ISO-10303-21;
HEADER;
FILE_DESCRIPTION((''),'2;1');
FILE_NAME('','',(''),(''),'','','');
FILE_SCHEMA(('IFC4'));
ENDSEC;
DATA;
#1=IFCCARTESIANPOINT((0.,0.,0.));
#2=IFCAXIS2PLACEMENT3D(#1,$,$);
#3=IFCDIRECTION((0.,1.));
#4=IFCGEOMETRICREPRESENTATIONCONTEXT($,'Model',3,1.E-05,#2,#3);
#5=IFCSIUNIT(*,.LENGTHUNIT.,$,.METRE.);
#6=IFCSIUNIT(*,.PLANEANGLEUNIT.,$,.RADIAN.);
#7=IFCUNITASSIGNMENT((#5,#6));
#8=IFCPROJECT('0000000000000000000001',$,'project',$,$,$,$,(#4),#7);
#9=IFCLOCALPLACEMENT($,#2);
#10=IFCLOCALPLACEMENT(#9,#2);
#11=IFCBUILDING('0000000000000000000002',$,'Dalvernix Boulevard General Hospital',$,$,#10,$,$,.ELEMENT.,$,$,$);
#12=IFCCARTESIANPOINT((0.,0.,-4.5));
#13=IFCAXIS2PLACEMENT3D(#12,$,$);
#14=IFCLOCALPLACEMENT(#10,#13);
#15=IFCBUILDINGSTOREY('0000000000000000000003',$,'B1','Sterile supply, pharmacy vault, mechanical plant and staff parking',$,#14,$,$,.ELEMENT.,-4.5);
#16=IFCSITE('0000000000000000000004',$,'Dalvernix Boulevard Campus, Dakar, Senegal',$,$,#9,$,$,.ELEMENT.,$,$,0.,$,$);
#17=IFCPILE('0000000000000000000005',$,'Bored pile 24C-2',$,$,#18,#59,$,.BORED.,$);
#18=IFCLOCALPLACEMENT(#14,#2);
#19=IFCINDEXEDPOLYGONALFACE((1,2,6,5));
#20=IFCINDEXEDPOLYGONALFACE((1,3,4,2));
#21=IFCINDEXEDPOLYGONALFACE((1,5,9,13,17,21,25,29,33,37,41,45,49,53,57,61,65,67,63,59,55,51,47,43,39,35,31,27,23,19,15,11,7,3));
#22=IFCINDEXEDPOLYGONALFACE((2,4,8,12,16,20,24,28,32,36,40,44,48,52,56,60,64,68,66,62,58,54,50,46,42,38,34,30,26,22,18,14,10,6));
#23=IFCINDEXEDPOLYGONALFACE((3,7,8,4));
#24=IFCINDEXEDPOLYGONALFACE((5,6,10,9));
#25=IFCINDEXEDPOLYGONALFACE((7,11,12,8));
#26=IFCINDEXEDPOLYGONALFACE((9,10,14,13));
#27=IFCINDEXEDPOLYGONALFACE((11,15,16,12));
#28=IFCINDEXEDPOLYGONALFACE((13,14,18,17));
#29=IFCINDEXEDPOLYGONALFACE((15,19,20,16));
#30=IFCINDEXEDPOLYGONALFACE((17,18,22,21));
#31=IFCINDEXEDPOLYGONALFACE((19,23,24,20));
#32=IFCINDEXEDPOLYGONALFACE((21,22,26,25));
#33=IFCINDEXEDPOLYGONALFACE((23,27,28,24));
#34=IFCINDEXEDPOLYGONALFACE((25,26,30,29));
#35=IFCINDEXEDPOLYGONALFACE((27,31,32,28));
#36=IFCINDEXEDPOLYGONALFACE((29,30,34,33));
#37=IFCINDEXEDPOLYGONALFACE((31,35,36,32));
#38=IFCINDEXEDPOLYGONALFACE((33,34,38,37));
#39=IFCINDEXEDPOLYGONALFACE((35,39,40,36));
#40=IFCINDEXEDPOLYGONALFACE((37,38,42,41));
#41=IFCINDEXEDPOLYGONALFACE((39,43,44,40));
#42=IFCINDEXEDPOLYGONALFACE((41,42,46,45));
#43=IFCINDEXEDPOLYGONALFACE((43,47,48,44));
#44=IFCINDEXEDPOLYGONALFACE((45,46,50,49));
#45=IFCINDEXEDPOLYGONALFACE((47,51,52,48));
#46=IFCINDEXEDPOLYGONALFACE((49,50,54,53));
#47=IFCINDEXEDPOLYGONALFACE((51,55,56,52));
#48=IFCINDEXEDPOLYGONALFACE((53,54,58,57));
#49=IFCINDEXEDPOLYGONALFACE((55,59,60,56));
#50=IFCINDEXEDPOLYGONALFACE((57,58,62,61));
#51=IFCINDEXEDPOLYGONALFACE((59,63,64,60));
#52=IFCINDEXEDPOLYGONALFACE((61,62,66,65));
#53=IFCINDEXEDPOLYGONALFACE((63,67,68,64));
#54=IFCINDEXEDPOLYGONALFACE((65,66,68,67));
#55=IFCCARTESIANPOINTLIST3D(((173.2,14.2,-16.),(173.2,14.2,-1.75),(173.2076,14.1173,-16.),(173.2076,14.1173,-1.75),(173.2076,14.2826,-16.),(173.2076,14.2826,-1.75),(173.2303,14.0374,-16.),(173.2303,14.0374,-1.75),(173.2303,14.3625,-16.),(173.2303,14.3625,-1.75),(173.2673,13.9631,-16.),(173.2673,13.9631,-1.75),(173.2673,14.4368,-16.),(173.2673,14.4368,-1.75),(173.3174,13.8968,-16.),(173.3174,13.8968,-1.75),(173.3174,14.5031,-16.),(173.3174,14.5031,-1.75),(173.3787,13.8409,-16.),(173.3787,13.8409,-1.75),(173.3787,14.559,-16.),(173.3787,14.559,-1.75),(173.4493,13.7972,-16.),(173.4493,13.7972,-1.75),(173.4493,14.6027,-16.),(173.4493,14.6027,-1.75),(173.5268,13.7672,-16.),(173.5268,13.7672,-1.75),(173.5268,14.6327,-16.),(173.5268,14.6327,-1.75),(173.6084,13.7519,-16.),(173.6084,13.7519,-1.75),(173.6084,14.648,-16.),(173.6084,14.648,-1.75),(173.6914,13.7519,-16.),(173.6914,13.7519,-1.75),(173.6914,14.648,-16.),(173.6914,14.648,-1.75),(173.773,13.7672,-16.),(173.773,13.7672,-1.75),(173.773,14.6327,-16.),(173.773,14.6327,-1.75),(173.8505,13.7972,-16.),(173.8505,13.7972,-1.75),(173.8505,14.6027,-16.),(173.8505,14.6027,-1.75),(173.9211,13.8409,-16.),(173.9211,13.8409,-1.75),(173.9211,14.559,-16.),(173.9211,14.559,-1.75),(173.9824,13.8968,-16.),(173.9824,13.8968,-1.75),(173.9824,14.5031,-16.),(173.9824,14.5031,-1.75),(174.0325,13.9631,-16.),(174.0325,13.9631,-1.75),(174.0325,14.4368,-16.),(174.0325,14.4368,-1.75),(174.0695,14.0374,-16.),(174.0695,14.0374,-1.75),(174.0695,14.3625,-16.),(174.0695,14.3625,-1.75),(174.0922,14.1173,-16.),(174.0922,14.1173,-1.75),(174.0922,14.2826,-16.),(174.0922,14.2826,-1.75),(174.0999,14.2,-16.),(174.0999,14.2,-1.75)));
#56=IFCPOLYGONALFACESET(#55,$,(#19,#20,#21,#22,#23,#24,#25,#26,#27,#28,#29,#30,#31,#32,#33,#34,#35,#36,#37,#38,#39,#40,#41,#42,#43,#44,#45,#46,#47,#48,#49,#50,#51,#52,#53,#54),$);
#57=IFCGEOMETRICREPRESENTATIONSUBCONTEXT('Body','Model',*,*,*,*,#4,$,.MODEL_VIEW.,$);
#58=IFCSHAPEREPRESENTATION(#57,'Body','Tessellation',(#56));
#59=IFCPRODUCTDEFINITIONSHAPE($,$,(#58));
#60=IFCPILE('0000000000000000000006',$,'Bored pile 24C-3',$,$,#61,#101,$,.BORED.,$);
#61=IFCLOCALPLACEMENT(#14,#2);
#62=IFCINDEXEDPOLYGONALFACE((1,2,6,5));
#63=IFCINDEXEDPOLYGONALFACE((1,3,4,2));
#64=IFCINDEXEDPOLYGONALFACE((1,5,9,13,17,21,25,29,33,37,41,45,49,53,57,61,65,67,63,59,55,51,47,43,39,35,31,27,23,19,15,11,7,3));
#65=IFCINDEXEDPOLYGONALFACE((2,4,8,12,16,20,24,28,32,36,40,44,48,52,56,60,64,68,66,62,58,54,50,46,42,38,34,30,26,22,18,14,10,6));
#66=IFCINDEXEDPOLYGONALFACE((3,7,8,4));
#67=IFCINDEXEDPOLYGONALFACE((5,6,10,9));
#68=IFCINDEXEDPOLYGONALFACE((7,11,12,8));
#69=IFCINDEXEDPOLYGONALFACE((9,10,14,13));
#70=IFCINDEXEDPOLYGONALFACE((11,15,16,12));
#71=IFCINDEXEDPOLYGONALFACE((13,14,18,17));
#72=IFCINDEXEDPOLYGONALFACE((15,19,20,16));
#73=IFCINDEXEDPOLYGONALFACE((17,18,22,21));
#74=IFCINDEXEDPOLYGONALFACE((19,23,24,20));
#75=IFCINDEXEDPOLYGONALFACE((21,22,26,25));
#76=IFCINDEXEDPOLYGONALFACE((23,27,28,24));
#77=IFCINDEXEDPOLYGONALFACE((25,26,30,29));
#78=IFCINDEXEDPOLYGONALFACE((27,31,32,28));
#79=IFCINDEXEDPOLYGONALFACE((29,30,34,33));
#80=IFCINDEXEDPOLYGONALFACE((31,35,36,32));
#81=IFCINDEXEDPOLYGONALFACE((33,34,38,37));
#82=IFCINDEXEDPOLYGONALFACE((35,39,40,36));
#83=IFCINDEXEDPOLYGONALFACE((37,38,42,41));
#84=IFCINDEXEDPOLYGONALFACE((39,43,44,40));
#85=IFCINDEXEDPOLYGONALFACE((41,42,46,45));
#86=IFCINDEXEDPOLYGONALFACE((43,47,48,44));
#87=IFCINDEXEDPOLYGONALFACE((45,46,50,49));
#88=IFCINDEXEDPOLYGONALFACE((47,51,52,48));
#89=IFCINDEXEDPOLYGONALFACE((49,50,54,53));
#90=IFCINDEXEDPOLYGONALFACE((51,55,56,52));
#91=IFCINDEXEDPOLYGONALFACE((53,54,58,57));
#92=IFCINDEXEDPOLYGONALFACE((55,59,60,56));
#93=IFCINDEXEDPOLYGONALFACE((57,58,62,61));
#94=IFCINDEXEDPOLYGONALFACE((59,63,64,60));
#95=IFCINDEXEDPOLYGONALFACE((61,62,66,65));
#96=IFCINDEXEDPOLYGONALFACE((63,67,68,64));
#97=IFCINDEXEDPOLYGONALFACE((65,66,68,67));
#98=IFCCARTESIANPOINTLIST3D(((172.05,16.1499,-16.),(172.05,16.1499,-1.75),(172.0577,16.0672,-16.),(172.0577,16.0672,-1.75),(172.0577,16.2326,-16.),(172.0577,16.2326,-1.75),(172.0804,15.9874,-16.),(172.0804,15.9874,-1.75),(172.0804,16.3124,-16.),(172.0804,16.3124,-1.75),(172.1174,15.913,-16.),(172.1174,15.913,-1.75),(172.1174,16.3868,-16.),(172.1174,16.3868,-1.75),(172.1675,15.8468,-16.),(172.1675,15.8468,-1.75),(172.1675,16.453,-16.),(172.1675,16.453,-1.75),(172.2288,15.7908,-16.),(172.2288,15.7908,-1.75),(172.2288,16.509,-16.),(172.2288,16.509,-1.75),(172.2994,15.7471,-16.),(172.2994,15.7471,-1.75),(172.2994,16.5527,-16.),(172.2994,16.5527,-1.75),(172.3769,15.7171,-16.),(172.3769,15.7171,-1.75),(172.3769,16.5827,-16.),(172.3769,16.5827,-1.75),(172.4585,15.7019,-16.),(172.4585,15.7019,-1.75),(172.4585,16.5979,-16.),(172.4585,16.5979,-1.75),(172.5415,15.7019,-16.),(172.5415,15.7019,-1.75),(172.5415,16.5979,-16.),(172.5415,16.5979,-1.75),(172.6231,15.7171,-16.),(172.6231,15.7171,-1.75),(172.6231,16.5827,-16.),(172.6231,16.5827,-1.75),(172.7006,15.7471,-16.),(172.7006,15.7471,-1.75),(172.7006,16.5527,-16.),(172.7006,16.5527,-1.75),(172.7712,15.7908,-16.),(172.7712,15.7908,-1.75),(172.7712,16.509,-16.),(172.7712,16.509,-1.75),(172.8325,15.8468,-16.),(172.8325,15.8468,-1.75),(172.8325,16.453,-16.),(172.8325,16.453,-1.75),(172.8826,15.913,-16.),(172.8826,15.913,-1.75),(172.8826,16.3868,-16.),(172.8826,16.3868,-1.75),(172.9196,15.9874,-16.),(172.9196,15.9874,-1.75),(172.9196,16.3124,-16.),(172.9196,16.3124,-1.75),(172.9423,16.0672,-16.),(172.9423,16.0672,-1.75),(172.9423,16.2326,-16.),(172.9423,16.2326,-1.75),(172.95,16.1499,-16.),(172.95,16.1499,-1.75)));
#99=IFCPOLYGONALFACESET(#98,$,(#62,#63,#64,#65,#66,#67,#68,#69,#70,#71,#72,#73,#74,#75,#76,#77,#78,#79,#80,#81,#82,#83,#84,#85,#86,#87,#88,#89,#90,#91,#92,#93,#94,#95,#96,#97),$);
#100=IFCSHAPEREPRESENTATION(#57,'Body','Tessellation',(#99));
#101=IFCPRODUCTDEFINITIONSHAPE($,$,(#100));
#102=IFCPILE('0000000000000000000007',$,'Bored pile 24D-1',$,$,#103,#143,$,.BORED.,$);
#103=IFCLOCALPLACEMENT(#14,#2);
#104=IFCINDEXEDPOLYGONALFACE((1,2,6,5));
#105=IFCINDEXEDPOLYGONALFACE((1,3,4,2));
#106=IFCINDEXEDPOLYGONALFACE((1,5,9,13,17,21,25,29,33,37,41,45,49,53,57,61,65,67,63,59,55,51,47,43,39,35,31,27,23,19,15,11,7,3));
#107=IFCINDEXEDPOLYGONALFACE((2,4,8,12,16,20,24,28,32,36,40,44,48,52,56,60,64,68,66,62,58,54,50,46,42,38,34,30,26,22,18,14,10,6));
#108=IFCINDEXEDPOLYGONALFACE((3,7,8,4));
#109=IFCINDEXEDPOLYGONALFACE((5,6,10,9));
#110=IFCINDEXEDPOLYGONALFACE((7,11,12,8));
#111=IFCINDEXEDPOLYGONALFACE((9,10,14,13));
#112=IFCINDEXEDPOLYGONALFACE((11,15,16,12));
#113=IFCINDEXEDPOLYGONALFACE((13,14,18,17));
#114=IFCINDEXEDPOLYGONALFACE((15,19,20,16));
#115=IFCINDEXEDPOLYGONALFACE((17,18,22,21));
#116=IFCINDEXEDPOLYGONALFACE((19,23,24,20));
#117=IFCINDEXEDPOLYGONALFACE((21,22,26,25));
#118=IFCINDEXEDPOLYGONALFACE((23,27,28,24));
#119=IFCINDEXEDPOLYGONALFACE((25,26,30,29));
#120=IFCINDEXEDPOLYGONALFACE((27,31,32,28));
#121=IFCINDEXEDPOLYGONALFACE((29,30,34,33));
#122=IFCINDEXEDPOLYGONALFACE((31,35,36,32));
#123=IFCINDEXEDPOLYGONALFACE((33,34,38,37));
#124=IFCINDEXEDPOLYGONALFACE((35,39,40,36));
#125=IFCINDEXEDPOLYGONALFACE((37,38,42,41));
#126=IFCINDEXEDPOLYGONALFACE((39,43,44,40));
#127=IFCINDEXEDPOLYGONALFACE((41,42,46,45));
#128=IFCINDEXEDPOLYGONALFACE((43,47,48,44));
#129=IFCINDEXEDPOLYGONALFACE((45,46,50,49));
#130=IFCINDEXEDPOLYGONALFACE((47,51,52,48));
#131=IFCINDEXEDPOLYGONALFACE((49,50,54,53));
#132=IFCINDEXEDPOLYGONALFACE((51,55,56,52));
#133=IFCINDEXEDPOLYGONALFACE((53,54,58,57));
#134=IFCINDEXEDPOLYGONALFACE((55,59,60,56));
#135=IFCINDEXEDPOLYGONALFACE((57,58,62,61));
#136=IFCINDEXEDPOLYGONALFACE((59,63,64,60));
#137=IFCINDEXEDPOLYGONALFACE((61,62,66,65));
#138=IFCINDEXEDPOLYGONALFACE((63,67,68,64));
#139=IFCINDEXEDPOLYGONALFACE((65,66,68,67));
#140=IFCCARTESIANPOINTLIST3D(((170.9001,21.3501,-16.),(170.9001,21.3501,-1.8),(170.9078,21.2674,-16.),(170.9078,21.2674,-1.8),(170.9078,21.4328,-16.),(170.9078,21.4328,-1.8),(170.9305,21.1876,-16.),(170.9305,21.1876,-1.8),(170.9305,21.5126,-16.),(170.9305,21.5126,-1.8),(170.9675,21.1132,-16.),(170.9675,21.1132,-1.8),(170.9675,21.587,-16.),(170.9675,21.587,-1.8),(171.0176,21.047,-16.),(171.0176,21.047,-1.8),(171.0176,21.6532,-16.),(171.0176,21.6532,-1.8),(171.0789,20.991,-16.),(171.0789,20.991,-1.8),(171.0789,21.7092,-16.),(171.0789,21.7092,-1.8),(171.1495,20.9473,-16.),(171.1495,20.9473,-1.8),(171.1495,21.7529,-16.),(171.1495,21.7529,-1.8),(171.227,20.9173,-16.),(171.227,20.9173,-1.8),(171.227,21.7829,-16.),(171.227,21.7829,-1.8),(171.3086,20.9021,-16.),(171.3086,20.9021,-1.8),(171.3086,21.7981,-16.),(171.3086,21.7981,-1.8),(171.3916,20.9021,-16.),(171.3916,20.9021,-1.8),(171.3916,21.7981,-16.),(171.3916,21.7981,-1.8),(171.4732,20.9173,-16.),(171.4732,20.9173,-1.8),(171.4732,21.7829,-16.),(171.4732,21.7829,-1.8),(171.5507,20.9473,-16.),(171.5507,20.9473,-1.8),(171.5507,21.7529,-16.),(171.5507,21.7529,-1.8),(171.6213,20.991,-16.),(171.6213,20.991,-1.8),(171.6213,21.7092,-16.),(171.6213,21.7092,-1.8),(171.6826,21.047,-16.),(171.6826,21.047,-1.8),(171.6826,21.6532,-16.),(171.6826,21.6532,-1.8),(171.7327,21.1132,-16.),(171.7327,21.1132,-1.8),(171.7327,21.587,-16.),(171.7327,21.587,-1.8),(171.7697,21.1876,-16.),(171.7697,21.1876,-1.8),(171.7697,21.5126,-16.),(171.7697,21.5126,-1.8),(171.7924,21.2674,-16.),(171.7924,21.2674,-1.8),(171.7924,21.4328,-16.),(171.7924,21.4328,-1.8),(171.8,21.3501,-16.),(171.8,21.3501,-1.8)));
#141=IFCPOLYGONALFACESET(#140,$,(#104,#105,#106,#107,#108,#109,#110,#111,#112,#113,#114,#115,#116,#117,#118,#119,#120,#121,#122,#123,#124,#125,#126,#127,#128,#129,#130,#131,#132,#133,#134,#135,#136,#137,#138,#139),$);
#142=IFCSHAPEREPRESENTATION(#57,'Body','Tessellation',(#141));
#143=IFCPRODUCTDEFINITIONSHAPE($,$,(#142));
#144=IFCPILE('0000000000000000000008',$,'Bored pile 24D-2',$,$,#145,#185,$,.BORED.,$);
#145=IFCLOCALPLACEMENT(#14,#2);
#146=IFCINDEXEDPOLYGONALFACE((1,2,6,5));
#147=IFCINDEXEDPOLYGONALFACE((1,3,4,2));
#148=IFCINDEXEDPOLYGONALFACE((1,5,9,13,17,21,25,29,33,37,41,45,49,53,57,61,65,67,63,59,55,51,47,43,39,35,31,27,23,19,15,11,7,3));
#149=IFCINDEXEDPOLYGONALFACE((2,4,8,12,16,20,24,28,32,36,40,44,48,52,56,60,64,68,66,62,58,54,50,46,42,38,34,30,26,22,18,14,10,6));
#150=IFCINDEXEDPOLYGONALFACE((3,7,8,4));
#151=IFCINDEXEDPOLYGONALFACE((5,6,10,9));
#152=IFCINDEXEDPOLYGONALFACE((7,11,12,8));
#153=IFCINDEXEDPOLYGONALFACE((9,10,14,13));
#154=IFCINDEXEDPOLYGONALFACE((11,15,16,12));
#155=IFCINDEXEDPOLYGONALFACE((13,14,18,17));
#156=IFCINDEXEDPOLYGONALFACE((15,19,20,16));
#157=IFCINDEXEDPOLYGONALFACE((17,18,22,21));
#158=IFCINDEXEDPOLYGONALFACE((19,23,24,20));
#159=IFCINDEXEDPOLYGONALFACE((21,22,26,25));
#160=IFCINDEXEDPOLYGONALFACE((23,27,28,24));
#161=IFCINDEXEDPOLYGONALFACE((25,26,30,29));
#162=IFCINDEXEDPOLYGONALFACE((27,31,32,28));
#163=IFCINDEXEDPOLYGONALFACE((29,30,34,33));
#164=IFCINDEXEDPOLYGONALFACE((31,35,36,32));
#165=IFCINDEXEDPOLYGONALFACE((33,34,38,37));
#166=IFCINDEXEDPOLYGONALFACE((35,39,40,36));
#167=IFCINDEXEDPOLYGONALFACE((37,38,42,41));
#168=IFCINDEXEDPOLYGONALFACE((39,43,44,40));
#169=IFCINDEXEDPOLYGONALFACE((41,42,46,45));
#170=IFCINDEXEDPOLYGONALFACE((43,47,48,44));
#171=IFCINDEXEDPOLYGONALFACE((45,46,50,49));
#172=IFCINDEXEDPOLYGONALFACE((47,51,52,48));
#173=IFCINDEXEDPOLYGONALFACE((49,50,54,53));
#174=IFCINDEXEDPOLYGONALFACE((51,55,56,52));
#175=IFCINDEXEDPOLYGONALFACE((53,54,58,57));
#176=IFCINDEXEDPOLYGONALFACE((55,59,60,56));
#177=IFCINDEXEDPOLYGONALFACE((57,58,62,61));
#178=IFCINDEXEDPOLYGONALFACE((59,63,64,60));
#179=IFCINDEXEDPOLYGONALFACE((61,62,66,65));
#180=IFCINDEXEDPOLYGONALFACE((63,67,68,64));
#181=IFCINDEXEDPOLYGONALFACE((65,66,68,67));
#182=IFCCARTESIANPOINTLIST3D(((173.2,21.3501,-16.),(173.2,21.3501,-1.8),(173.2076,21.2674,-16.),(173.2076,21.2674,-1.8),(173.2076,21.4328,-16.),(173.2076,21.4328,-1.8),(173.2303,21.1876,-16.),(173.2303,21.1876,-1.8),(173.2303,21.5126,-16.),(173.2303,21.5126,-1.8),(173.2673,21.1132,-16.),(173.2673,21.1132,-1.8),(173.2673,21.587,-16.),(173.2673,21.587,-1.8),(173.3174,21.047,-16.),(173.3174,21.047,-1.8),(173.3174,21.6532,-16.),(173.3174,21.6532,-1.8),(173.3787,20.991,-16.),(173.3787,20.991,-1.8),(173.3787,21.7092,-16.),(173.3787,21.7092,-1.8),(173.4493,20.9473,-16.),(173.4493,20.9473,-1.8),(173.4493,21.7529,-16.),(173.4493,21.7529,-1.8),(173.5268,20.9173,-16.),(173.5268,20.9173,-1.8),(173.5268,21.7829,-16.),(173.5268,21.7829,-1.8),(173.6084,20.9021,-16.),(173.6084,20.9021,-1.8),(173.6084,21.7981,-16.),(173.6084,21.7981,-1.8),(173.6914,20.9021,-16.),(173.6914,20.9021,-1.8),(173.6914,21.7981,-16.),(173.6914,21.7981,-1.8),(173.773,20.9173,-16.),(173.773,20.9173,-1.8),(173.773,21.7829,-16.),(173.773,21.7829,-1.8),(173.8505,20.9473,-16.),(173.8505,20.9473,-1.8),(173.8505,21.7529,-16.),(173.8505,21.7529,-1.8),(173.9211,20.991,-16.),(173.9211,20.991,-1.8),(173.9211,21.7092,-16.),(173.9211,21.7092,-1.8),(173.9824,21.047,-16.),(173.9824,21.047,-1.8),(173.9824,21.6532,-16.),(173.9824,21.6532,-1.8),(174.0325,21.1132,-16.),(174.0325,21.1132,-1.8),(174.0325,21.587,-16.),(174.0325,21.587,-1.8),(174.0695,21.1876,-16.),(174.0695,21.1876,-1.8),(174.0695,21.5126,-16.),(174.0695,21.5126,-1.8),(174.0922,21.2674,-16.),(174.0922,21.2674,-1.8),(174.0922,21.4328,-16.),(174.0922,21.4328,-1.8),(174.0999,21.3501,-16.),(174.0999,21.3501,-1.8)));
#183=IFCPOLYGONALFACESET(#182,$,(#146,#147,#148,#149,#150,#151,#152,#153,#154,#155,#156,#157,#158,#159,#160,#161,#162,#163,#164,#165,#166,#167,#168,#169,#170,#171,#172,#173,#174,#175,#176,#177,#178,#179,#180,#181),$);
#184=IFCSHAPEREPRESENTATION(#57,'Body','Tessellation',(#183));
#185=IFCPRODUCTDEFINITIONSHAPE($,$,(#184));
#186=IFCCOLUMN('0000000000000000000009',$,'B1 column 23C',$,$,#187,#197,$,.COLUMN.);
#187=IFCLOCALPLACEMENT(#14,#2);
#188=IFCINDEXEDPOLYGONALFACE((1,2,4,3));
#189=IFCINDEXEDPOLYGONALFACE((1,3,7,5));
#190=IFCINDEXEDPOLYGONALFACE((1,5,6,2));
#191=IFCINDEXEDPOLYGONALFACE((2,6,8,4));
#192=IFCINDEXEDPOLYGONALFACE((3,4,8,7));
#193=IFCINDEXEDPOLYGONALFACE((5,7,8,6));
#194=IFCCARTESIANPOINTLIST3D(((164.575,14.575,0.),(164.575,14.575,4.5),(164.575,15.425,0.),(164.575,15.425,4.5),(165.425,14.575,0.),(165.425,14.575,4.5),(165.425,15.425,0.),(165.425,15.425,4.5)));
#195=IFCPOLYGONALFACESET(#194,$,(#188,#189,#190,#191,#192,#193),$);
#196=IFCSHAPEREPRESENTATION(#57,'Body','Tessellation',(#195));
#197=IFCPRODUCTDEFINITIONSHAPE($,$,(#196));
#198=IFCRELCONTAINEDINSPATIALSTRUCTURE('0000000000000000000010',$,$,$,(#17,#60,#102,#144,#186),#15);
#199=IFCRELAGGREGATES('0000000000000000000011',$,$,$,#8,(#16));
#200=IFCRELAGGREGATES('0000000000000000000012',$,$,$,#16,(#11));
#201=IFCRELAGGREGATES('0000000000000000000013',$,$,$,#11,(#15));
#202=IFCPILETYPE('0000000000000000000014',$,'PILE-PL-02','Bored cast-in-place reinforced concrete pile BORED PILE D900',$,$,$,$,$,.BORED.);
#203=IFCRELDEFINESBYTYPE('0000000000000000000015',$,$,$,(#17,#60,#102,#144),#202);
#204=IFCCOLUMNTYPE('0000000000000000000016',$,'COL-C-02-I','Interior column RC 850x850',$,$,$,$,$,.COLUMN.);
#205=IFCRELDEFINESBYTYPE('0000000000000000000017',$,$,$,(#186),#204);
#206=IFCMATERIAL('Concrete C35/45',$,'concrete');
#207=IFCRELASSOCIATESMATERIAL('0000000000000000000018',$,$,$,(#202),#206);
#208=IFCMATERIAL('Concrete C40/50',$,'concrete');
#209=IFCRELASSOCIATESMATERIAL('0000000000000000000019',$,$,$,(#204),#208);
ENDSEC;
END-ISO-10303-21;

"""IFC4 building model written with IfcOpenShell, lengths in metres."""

from ifc_helpers import new_model, si_unit, direction, frame, origin, origin_2d, place, context, subcontext, project, spatial, rectangle, circle, extrude, material, material_profile, profile_set, type_object, element, save


model = new_model("IFC4")

# Units and contexts
model_context = context("Model", 3, precision=1e-05, world=origin(), true_north=direction((0.0, 1.0)))
body_context = subcontext(model_context, "Body", "Model", "MODEL_VIEW")
ifc_project = project(units=[si_unit("LENGTHUNIT", "METRE"), si_unit("PLANEANGLEUNIT", "RADIAN")], contexts=[model_context])

# Site, building, storey
site_placement = place(None, origin())
site = spatial("IfcSite", under=ifc_project, at=site_placement, Name="Dalvernix Boulevard Campus, Dakar, Senegal", CompositionType="ELEMENT", RefElevation=0.0)
building_placement = place(site_placement, origin())
building = spatial("IfcBuilding", under=site, at=building_placement, Name="Dalvernix Boulevard General Hospital", CompositionType="ELEMENT")
storey_placement = place(building_placement, frame((0.0, 0.0, -4.5)))
storey = spatial("IfcBuildingStorey", under=building, at=storey_placement, Name="B1", Description="Sterile supply, pharmacy vault, mechanical plant and staff parking", CompositionType="ELEMENT", Elevation=-4.5)

# Shared definitions
ifc_material_1 = material(Name="Concrete C35/45", Category="concrete")
ifc_material_2 = material(Name="Concrete C40/50", Category="concrete")

# Piles
ifc_material_profile_1 = material_profile(ifc_material_1, circle(Radius=0.45, at=origin_2d()), Name="BORED PILE D900")
ifc_profile_set_1 = profile_set([ifc_material_profile_1], Name="Concrete C35/45")
pile_type = type_object("IfcPileType", Name="PILE-PL-02", Description="Bored cast-in-place reinforced concrete pile BORED PILE D900", PredefinedType="BORED", material=ifc_profile_set_1)
for number, where, z_axis, x_axis, name in (
    (1, (173.6499, 14.2, -1.75), (0.0, 0.0, -1.0), (1.0, 0.0, 0.0), "Bored pile 24C-2"),
    (2, (172.5, 16.1499, -1.75), (0.0, 0.0, -1.0), (1.0, 0.0, 0.0), "Bored pile 24C-3"),
):
    element("IfcPile", number, at=place(storey_placement, frame(where, z_axis=z_axis, x_axis=x_axis)), inside=storey, type_object=pile_type, Name=name, PredefinedType="BORED", context=body_context, shape_type="SweptSolid", body=[
        extrude(circle(Radius=0.45, at=origin_2d()), origin(), (0.0, 0.0, 1.0), 14.25),
    ])
for number, where, z_axis, x_axis, name in (
    (3, (171.3501, 21.3501, -1.8), (0.0, 0.0, -1.0), (1.0, 0.0, 0.0), "Bored pile 24D-1"),
    (4, (173.6499, 21.3501, -1.8), (0.0, 0.0, -1.0), (1.0, 0.0, 0.0), "Bored pile 24D-2"),
):
    element("IfcPile", number, at=place(storey_placement, frame(where, z_axis=z_axis, x_axis=x_axis)), inside=storey, type_object=pile_type, Name=name, PredefinedType="BORED", context=body_context, shape_type="SweptSolid", body=[
        extrude(circle(Radius=0.45, at=origin_2d()), origin(), (0.0, 0.0, 1.0), 14.2),
    ])

# Column
ifc_material_profile_2 = material_profile(ifc_material_2, rectangle(XDim=0.8501, YDim=0.8501, at=origin_2d()), Name="RC 850x850")
ifc_profile_set_2 = profile_set([ifc_material_profile_2], Name="Concrete C40/50")
column_type_1 = type_object("IfcColumnType", Name="COL-C-02-I", Description="Interior column RC 850x850", PredefinedType="COLUMN", material=ifc_profile_set_2)
column_1_placement = place(storey_placement, frame((165.0, 15.0, 0.0), z_axis=(0.0, 0.0, 1.0), x_axis=(1.0, 0.0, 0.0)))
element("IfcColumn", 5, at=column_1_placement, inside=storey, type_object=column_type_1, Name="B1 column 23C", PredefinedType="COLUMN", context=body_context, shape_type="SweptSolid", body=[
    extrude(rectangle(XDim=0.8501, YDim=0.8501, at=origin_2d()), origin(), (0.0, 0.0, 1.0), 4.5),
])

save(model, "model.ifc")
